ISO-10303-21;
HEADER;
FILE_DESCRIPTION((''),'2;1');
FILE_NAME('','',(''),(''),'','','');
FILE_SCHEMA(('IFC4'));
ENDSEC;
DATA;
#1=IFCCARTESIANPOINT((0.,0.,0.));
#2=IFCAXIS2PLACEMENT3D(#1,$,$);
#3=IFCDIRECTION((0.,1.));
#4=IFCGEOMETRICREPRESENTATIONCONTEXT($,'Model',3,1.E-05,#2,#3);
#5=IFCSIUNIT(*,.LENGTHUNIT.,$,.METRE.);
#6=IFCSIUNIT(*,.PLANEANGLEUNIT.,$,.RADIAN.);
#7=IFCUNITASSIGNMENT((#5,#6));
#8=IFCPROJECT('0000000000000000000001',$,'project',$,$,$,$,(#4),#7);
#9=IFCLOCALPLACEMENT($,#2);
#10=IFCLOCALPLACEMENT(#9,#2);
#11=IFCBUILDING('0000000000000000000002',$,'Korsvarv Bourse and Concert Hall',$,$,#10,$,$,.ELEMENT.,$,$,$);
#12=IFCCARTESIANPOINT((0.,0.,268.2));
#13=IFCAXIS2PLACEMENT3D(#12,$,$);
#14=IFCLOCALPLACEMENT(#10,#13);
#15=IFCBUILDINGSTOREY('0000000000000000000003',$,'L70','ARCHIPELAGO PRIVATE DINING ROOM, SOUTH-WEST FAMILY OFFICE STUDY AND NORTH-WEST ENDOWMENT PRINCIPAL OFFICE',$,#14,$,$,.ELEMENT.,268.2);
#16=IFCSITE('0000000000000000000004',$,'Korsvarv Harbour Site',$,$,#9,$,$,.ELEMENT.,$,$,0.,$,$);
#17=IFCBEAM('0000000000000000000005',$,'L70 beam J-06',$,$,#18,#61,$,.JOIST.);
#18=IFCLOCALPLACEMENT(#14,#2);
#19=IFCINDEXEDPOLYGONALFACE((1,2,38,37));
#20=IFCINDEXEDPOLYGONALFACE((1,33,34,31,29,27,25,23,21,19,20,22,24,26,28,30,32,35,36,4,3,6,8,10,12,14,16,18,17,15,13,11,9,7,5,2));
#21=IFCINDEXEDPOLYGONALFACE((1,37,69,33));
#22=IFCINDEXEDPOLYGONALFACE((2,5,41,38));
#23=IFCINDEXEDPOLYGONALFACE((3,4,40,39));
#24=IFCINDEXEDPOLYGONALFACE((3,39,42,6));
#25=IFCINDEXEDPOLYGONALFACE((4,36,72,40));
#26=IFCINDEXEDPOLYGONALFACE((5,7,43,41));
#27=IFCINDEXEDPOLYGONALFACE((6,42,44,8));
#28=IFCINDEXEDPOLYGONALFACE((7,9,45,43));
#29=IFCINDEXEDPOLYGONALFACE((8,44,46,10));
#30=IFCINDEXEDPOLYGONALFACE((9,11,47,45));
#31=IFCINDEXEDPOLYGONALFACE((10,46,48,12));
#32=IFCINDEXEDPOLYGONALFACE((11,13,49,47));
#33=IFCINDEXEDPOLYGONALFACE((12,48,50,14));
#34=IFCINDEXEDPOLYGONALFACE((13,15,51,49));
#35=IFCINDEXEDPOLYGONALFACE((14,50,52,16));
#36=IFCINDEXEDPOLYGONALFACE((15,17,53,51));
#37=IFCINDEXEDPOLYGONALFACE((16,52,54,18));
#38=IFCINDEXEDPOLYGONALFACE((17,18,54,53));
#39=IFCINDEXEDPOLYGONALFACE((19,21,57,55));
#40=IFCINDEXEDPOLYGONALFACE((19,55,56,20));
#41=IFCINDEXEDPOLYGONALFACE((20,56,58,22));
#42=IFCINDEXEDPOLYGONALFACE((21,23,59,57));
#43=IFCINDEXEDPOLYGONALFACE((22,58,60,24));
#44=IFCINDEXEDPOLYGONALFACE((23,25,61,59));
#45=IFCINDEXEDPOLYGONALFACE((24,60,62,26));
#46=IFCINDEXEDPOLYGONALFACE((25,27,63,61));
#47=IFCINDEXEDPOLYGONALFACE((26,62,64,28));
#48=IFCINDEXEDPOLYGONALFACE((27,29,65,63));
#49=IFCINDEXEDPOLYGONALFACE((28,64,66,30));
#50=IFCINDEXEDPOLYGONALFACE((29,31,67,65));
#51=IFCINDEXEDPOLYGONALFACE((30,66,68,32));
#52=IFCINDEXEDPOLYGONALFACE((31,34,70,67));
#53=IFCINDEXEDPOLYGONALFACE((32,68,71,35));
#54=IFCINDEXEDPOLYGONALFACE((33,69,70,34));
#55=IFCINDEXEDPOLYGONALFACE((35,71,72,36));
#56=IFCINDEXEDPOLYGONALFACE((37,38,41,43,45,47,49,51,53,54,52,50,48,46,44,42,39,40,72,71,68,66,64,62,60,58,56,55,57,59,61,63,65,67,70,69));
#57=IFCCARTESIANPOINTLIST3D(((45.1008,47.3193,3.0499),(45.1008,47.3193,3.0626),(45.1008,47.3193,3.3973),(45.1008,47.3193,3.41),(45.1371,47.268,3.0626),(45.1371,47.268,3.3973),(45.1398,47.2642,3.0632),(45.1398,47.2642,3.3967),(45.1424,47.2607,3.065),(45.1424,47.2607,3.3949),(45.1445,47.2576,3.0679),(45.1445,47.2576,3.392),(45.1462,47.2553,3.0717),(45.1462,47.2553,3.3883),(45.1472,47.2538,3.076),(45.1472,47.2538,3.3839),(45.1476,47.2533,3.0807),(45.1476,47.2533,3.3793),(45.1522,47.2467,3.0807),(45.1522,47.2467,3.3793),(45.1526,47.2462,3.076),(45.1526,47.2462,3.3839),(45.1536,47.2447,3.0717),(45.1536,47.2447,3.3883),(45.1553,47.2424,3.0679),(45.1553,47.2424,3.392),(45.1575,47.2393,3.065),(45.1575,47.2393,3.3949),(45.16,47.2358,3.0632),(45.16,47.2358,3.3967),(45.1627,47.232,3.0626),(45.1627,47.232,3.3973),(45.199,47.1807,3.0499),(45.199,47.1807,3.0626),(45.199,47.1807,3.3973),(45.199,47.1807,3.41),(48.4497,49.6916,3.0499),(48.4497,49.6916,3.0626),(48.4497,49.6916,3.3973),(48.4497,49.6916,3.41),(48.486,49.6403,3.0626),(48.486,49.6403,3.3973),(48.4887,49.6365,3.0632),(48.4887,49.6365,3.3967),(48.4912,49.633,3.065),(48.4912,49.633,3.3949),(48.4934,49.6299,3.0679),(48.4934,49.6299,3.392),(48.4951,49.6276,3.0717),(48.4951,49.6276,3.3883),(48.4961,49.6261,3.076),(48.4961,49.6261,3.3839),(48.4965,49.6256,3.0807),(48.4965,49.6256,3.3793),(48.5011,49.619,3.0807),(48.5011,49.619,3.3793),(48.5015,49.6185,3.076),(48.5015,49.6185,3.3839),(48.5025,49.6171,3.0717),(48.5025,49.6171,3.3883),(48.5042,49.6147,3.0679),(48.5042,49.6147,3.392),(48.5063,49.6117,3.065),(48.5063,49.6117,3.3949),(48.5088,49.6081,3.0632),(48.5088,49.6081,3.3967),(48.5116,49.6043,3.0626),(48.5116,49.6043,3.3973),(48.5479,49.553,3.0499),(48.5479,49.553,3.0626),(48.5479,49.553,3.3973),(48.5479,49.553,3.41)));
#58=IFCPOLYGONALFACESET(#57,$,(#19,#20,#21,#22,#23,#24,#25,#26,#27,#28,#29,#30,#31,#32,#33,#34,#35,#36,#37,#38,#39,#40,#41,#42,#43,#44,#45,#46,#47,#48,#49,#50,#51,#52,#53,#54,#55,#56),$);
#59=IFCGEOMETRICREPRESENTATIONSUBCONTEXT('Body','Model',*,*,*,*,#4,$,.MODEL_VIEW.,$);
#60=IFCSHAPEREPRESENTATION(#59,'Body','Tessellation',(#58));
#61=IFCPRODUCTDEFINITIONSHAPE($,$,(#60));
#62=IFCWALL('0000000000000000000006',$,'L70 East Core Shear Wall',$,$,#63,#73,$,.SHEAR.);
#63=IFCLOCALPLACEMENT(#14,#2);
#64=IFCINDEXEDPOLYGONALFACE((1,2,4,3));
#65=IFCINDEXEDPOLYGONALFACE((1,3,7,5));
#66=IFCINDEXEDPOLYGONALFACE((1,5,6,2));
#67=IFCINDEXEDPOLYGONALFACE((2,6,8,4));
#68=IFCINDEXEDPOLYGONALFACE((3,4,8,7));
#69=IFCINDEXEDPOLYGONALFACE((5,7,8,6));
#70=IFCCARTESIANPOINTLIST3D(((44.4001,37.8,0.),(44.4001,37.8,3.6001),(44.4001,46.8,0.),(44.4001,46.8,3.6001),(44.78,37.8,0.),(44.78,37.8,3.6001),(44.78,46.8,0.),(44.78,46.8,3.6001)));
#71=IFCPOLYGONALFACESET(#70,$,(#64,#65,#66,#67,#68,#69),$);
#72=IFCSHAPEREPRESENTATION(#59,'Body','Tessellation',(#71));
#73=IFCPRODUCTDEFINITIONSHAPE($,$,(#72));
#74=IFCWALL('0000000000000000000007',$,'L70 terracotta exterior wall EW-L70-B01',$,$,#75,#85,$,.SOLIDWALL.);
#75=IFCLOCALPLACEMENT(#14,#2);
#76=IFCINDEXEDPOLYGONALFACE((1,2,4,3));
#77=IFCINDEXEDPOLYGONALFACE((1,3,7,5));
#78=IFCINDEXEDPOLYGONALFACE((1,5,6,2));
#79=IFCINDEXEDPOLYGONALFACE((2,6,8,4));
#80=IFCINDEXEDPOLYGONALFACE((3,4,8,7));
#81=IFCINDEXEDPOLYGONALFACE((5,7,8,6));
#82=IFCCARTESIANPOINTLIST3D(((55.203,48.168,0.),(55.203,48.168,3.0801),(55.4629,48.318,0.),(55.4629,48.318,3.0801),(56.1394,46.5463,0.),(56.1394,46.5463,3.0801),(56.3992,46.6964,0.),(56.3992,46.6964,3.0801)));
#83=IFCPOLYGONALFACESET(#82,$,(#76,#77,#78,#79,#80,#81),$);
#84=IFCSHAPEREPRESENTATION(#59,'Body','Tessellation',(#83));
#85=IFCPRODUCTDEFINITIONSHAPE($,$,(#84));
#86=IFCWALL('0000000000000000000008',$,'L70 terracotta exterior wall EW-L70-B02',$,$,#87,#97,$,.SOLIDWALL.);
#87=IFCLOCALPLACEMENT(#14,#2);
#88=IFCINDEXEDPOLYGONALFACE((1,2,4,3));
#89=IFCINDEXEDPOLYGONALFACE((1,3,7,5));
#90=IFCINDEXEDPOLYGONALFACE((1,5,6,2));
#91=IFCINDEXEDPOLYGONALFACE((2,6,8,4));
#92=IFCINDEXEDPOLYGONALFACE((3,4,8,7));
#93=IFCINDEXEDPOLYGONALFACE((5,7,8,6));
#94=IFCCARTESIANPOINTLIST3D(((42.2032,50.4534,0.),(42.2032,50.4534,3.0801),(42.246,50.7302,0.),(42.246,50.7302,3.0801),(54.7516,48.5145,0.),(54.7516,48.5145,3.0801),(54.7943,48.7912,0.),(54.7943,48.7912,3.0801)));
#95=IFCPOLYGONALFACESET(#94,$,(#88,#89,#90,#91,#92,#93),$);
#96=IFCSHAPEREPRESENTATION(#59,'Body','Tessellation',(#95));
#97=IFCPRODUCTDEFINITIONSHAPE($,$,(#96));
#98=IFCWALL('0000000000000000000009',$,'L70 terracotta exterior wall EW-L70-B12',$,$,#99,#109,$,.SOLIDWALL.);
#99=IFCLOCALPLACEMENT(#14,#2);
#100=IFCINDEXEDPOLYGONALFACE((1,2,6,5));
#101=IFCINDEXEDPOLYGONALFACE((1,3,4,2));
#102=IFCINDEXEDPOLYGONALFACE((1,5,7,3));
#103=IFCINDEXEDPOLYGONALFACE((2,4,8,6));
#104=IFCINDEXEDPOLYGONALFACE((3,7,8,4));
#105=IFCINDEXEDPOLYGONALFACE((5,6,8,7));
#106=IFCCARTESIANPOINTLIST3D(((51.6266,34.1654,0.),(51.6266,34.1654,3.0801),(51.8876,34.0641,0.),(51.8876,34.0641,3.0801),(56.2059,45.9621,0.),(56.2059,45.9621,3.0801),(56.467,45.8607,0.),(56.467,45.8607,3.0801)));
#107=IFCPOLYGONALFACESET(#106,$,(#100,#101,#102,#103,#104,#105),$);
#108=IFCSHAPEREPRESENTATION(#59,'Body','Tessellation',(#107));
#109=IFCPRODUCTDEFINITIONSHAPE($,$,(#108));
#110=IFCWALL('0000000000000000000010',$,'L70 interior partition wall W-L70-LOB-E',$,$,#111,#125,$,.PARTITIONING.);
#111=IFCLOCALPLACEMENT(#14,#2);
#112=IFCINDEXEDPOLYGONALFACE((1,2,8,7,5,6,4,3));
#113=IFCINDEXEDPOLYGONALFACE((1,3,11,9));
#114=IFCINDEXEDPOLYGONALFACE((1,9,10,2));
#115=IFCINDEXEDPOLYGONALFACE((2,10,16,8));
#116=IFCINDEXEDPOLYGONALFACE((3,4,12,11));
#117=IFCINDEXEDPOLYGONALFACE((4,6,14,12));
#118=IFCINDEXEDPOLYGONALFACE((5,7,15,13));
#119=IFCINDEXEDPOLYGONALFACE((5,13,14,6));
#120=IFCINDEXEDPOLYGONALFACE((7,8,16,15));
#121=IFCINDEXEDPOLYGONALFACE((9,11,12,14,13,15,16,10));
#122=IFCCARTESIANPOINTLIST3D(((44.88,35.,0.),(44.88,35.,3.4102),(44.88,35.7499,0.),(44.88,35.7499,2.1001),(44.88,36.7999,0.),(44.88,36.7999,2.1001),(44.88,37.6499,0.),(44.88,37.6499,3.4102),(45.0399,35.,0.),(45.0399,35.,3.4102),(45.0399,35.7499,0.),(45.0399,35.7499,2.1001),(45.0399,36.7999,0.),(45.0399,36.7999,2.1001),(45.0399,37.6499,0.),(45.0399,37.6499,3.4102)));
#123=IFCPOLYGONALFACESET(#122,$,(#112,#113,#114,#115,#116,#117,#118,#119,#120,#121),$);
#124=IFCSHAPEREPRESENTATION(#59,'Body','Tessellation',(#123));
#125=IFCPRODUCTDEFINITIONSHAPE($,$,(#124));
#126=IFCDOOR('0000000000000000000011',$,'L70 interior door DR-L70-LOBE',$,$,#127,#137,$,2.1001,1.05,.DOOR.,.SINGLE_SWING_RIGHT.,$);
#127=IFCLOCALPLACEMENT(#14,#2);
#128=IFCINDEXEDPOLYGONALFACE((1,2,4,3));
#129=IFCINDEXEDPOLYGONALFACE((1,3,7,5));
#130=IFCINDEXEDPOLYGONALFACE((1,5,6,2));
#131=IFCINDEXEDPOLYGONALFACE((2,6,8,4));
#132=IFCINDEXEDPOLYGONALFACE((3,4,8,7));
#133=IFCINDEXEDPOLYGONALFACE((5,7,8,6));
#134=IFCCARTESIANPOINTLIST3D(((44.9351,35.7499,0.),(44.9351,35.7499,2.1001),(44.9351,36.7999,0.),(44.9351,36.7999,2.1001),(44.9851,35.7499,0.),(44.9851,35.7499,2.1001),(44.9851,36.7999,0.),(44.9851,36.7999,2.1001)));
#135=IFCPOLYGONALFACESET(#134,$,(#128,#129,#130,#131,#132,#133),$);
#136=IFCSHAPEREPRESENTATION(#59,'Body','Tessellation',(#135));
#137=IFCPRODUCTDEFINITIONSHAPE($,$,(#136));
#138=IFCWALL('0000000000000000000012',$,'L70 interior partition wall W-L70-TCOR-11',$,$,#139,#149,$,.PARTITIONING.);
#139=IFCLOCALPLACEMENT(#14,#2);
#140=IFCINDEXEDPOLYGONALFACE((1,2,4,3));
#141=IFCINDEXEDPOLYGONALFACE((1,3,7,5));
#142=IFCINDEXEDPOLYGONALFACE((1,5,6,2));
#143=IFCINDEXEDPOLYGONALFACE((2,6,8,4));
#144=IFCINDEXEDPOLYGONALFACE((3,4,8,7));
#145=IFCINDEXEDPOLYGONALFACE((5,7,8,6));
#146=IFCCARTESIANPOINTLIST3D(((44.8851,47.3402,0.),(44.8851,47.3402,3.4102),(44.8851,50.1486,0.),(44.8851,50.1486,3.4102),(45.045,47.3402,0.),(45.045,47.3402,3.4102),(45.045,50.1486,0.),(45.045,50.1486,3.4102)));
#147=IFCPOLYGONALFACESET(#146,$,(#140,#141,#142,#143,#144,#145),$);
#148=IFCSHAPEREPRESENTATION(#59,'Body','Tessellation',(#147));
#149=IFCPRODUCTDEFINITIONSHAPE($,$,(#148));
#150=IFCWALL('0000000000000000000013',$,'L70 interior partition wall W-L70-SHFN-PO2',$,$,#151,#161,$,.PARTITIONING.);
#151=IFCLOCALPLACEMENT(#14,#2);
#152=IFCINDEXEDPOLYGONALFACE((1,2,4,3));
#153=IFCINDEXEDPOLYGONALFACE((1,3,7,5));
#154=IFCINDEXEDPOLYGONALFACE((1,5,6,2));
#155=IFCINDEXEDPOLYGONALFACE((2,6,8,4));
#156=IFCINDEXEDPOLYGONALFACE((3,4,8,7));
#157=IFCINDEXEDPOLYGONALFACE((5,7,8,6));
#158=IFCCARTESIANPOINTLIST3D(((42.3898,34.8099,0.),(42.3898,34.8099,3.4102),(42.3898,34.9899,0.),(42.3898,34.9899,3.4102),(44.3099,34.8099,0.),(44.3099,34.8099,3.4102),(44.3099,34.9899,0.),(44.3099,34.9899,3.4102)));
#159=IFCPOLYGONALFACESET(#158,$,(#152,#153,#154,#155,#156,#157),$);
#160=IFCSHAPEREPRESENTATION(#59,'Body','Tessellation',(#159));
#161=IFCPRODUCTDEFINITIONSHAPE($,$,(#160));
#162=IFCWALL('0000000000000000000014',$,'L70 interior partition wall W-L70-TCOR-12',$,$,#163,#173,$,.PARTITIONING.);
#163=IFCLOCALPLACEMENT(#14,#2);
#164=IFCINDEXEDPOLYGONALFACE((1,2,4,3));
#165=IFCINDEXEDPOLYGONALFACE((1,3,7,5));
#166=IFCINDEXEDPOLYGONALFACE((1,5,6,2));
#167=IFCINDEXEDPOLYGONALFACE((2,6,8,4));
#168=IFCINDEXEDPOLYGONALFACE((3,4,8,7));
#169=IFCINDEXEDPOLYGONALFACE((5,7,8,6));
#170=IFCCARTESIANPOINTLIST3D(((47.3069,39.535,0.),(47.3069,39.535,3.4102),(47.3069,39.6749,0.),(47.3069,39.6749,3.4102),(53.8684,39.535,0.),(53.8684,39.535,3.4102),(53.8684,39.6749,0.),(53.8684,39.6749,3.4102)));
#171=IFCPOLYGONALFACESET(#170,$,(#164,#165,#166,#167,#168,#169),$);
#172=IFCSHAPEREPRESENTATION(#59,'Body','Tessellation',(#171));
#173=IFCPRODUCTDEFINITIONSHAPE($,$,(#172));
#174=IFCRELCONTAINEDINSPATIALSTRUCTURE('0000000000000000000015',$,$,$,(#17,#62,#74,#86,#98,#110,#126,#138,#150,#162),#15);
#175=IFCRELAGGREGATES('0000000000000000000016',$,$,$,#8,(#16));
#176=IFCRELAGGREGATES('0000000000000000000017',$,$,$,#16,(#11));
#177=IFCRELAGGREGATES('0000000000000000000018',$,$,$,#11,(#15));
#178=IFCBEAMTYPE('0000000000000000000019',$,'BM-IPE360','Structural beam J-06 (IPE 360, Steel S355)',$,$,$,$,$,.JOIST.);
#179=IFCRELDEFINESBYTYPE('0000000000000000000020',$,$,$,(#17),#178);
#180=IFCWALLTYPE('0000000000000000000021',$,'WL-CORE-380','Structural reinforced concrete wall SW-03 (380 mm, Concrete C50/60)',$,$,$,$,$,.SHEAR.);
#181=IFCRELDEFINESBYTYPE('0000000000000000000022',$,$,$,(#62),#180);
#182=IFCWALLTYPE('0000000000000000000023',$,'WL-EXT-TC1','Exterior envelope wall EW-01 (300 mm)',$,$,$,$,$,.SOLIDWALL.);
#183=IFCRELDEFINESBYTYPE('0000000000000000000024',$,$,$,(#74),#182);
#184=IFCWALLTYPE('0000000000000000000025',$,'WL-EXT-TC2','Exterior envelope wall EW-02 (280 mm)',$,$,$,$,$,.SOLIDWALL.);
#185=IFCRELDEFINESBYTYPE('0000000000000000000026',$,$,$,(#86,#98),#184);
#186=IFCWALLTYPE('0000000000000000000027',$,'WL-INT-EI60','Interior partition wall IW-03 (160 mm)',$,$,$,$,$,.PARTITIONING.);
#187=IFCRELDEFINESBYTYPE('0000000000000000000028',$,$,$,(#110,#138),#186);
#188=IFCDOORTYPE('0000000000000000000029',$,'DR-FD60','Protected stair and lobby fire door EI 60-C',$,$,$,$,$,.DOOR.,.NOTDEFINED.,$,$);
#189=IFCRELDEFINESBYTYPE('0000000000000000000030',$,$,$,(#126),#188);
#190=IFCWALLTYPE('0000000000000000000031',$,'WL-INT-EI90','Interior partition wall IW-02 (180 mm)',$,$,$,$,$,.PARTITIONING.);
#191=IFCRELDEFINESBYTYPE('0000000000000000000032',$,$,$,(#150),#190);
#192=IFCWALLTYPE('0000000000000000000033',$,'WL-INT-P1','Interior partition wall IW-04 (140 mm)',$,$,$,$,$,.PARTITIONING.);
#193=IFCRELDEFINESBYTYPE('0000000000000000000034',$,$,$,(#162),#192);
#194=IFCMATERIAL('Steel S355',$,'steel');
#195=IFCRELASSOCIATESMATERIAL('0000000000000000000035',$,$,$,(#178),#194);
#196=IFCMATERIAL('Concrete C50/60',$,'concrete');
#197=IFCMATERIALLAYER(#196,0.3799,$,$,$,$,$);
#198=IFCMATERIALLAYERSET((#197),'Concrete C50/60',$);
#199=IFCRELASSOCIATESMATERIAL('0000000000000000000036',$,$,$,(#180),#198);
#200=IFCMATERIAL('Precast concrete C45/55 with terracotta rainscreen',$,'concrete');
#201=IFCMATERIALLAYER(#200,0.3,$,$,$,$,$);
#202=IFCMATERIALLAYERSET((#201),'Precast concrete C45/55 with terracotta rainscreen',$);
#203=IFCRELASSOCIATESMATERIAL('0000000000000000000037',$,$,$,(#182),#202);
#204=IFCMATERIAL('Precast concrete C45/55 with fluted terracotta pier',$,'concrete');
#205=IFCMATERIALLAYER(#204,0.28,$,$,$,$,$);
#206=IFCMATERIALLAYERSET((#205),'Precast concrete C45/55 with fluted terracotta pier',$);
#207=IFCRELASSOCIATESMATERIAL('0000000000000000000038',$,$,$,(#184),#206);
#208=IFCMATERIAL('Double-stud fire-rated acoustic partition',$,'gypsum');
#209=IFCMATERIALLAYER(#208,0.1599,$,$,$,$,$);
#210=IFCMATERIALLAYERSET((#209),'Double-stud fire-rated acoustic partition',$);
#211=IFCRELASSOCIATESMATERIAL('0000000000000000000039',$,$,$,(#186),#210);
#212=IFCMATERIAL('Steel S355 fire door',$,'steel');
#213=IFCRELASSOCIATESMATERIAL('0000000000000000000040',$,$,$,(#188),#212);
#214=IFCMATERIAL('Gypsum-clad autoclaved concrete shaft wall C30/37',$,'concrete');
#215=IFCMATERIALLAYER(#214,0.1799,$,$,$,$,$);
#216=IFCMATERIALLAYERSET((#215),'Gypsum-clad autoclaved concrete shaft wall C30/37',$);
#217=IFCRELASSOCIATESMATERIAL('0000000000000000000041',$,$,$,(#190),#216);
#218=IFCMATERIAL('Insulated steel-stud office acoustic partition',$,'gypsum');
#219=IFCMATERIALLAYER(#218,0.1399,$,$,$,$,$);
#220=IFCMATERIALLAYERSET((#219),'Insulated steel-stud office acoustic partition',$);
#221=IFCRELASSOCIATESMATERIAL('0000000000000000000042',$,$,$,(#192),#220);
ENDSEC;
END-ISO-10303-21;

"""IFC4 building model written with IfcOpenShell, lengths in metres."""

from ifc_helpers import new_model, si_unit, direction, frame, frame_2d, origin, origin_2d, place, context, subcontext, project, spatial, rectangle, i_section, extrude, source, transform, mapped, material, layer, layer_set, material_profile, profile_set, type_object, element, fill, save


model = new_model("IFC4")

# Units and contexts
model_context = context("Model", 3, precision=1e-05, world=origin(), true_north=direction((0.0, 1.0)))
body_context = subcontext(model_context, "Body", "Model", "MODEL_VIEW")
ifc_project = project(units=[si_unit("LENGTHUNIT", "METRE"), si_unit("PLANEANGLEUNIT", "RADIAN")], contexts=[model_context])

# Site, building, storey
site_placement = place(None, origin())
site = spatial("IfcSite", under=ifc_project, at=site_placement, Name="Korsvarv Harbour Site", CompositionType="ELEMENT", RefElevation=0.0)
building_placement = place(site_placement, origin())
building = spatial("IfcBuilding", under=site, at=building_placement, Name="Korsvarv Bourse and Concert Hall", CompositionType="ELEMENT")
storey_placement = place(building_placement, frame((0.0, 0.0, 268.2)))
storey = spatial("IfcBuildingStorey", under=building, at=storey_placement, Name="L70", Description="ARCHIPELAGO PRIVATE DINING ROOM, SOUTH-WEST FAMILY OFFICE STUDY AND NORTH-WEST ENDOWMENT PRINCIPAL OFFICE", CompositionType="ELEMENT", Elevation=268.2)

# Shared definitions
ifc_material_1 = material(Name="Concrete C50/60", Category="concrete")

# Beam
ifc_material_2 = material(Name="Steel S355", Category="steel")
ifc_material_profile_1 = material_profile(ifc_material_2, i_section(OverallWidth=0.1699, OverallDepth=0.3601, WebThickness=0.0081, FlangeThickness=0.0127, FilletRadius=0.0181, at=origin_2d()), Name="IPE 360")
ifc_profile_set_1 = profile_set([ifc_material_profile_1], Name="Steel S355")
beam_type_1 = type_object("IfcBeamType", Name="BM-IPE360", Description="Structural beam J-06 (IPE 360, Steel S355)", PredefinedType="JOIST", material=ifc_profile_set_1)
shared_shape_1 = source(origin(), body_context, "Body", "SweptSolid", [
    extrude(i_section(OverallWidth=0.1699, OverallDepth=0.3601, WebThickness=0.0081, FlangeThickness=0.0127, FilletRadius=0.0181, at=origin_2d()), origin(), (0.0, 0.0, 1.0), 4.104),
])
beam_1_placement = place(storey_placement, frame((48.4988, 49.6223, 3.23), z_axis=(-0.816002, -0.578049, 0.0), x_axis=(0.578049, -0.816002, 0.0)))
element("IfcBeam", 1, at=beam_1_placement, inside=storey, type_object=beam_type_1, Name="L70 beam J-06", PredefinedType="JOIST", context=body_context, shape_type="MappedRepresentation", body=[
    mapped(shared_shape_1, transform((0.0, 0.0, 0.0), scale=1.0)),
])

# Walls
ifc_layer_1 = layer(ifc_material_1, 0.3799)
ifc_layer_set_1 = layer_set([ifc_layer_1], Name="Concrete C50/60")
wall_type_1 = type_object("IfcWallType", Name="WL-CORE-380", Description="Structural reinforced concrete wall SW-03 (380 mm, Concrete C50/60)", PredefinedType="SHEAR", material=ifc_layer_set_1)
wall_1_placement = place(storey_placement, frame((44.5901, 37.8, 0.0), z_axis=(0.0, 0.0, 1.0), x_axis=(0.0, 1.0, 0.0)))
element("IfcWall", 2, at=wall_1_placement, inside=storey, type_object=wall_type_1, Name="L70 East Core Shear Wall", PredefinedType="SHEAR", context=body_context, shape_type="SweptSolid", body=[
    extrude(rectangle(XDim=9.0, YDim=0.3799, at=frame_2d((4.5, 0.0))), origin(), (0.0, 0.0, 1.0), 3.6001),
])
ifc_material_3 = material(Name="Precast concrete C45/55 with terracotta rainscreen", Category="concrete")
ifc_layer_2 = layer(ifc_material_3, 0.3)
ifc_layer_set_2 = layer_set([ifc_layer_2], Name="Precast concrete C45/55 with terracotta rainscreen")
wall_type_2 = type_object("IfcWallType", Name="WL-EXT-TC1", Description="Exterior envelope wall EW-01 (300 mm)", PredefinedType="SOLIDWALL", material=ifc_layer_set_2)
wall_2_placement = place(storey_placement, frame((56.2693, 46.6213, 0.0), z_axis=(0.0, 0.0, 1.0), x_axis=(-0.500023, 0.866012, 0.0)))
element("IfcWall", 3, at=wall_2_placement, inside=storey, type_object=wall_type_2, Name="L70 terracotta exterior wall EW-L70-B01", PredefinedType="SOLIDWALL", context=body_context, shape_type="SweptSolid", body=[
    extrude(rectangle(XDim=1.8726, YDim=0.3, at=frame_2d((0.9363, 0.0))), origin(), (0.0, 0.0, 1.0), 3.0801),
])
ifc_material_4 = material(Name="Precast concrete C45/55 with fluted terracotta pier", Category="concrete")
ifc_layer_3 = layer(ifc_material_4, 0.28)
ifc_layer_set_3 = layer_set([ifc_layer_3], Name="Precast concrete C45/55 with fluted terracotta pier")
wall_type_3 = type_object("IfcWallType", Name="WL-EXT-TC2", Description="Exterior envelope wall EW-02 (280 mm)", PredefinedType="SOLIDWALL", material=ifc_layer_set_3)
wall_3_placement = place(storey_placement, frame((54.7729, 48.6528, 0.0), z_axis=(0.0, 0.0, 1.0), x_axis=(-0.988271, 0.152707, 0.0)))
element("IfcWall", 4, at=wall_3_placement, inside=storey, type_object=wall_type_3, Name="L70 terracotta exterior wall EW-L70-B02", PredefinedType="SOLIDWALL", context=body_context, shape_type="SweptSolid", body=[
    extrude(rectangle(XDim=12.6973, YDim=0.28, at=frame_2d((6.3486, 0.0))), origin(), (0.0, 0.0, 1.0), 3.0801),
])
wall_4_placement = place(storey_placement, frame((51.7571, 34.1147, 0.0), z_axis=(0.0, 0.0, 1.0), x_axis=(0.361881, 0.932224, 0.0)))
element("IfcWall", 5, at=wall_4_placement, inside=storey, type_object=wall_type_3, Name="L70 terracotta exterior wall EW-L70-B12", PredefinedType="SOLIDWALL", context=body_context, shape_type="SweptSolid", body=[
    extrude(rectangle(XDim=12.6543, YDim=0.28, at=frame_2d((6.3271, 0.0))), origin(), (0.0, 0.0, 1.0), 3.0801),
])

# Wall, opening, door
ifc_material_5 = material(Name="Double-stud fire-rated acoustic partition", Category="gypsum")
ifc_layer_4 = layer(ifc_material_5, 0.1599)
ifc_layer_set_4 = layer_set([ifc_layer_4], Name="Double-stud fire-rated acoustic partition")
wall_type_4 = type_object("IfcWallType", Name="WL-INT-EI60", Description="Interior partition wall IW-03 (160 mm)", PredefinedType="PARTITIONING", material=ifc_layer_set_4)
wall_5_placement = place(storey_placement, frame((44.96, 35.0, 0.0), z_axis=(0.0, 0.0, 1.0), x_axis=(0.0, 1.0, 0.0)))
wall_5 = element("IfcWall", 6, at=wall_5_placement, inside=storey, type_object=wall_type_4, Name="L70 interior partition wall W-L70-LOB-E", PredefinedType="PARTITIONING", context=body_context, shape_type="SweptSolid", body=[
    extrude(rectangle(XDim=2.6499, YDim=0.1599, at=frame_2d((1.325, 0.0))), origin(), (0.0, 0.0, 1.0), 3.4102),
])
opening_placement = place(wall_5_placement, frame((0.75, 0.0, 0.0)))
opening = element("IfcOpeningElement", 7, at=opening_placement, cuts=wall_5, PredefinedType="OPENING", context=body_context, shape_type="SweptSolid", body=[
    extrude(rectangle(XDim=1.05, YDim=2.1001, at=frame_2d((0.5249, 1.05))), frame((0.0, 0.0898, 0.0), z_axis=(0.0, -1.0, 0.0), x_axis=(1.0, 0.0, 0.0)), (0.0, 0.0, 1.0), 0.1799),
])
ifc_material_6 = material(Name="Steel S355 fire door", Category="steel")
door_type = type_object("IfcDoorType", Name="DR-FD60", Description="Protected stair and lobby fire door EI 60-C", OperationType="NOTDEFINED", PredefinedType="DOOR", material=ifc_material_6)
door_placement = place(opening_placement, origin())
door = element("IfcDoor", 8, at=door_placement, inside=storey, type_object=door_type, Name="L70 interior door DR-L70-LOBE", OperationType="SINGLE_SWING_RIGHT", OverallHeight=2.1001, OverallWidth=1.05, PredefinedType="DOOR", context=body_context, shape_type="SweptSolid", body=[
    extrude(rectangle(XDim=1.05, YDim=2.1001, at=frame_2d((0.5249, 1.05))), frame((0.0, 0.0249, 0.0), z_axis=(0.0, -1.0, 0.0), x_axis=(1.0, 0.0, 0.0)), (0.0, 0.0, 1.0), 0.05),
])
fill(opening, door)

# Walls
wall_6_placement = place(storey_placement, frame((44.9651, 47.3401, 0.0), z_axis=(0.0, 0.0, 1.0), x_axis=(0.0, 1.0, 0.0)))
element("IfcWall", 9, at=wall_6_placement, inside=storey, type_object=wall_type_4, Name="L70 interior partition wall W-L70-TCOR-11", PredefinedType="PARTITIONING", context=body_context, shape_type="SweptSolid", body=[
    extrude(rectangle(XDim=2.8083, YDim=0.1599, at=frame_2d((1.4043, 0.0))), origin(), (0.0, 0.0, 1.0), 3.4102),
])
ifc_material_7 = material(Name="Gypsum-clad autoclaved concrete shaft wall C30/37", Category="concrete")
ifc_layer_5 = layer(ifc_material_7, 0.1799)
ifc_layer_set_5 = layer_set([ifc_layer_5], Name="Gypsum-clad autoclaved concrete shaft wall C30/37")
wall_type_5 = type_object("IfcWallType", Name="WL-INT-EI90", Description="Interior partition wall IW-02 (180 mm)", PredefinedType="PARTITIONING", material=ifc_layer_set_5)
wall_7_placement = place(storey_placement, frame((42.3899, 34.8999, 0.0), z_axis=(0.0, 0.0, 1.0), x_axis=(1.0, 0.0, 0.0)))
element("IfcWall", 10, at=wall_7_placement, inside=storey, type_object=wall_type_5, Name="L70 interior partition wall W-L70-SHFN-PO2", PredefinedType="PARTITIONING", context=body_context, shape_type="SweptSolid", body=[
    extrude(rectangle(XDim=1.9202, YDim=0.1799, at=frame_2d((0.96, 0.0))), origin(), (0.0, 0.0, 1.0), 3.4102),
])
ifc_material_8 = material(Name="Insulated steel-stud office acoustic partition", Category="gypsum")
ifc_layer_6 = layer(ifc_material_8, 0.1399)
ifc_layer_set_6 = layer_set([ifc_layer_6], Name="Insulated steel-stud office acoustic partition")
wall_type_6 = type_object("IfcWallType", Name="WL-INT-P1", Description="Interior partition wall IW-04 (140 mm)", PredefinedType="PARTITIONING", material=ifc_layer_set_6)
wall_8_placement = place(storey_placement, frame((47.3069, 39.605, 0.0), z_axis=(0.0, 0.0, 1.0), x_axis=(1.0, 0.0, 0.0)))
element("IfcWall", 11, at=wall_8_placement, inside=storey, type_object=wall_type_6, Name="L70 interior partition wall W-L70-TCOR-12", PredefinedType="PARTITIONING", context=body_context, shape_type="SweptSolid", body=[
    extrude(rectangle(XDim=6.5615, YDim=0.1399, at=frame_2d((3.2808, 0.0))), origin(), (0.0, 0.0, 1.0), 3.4102),
])

save(model, "model.ifc")
